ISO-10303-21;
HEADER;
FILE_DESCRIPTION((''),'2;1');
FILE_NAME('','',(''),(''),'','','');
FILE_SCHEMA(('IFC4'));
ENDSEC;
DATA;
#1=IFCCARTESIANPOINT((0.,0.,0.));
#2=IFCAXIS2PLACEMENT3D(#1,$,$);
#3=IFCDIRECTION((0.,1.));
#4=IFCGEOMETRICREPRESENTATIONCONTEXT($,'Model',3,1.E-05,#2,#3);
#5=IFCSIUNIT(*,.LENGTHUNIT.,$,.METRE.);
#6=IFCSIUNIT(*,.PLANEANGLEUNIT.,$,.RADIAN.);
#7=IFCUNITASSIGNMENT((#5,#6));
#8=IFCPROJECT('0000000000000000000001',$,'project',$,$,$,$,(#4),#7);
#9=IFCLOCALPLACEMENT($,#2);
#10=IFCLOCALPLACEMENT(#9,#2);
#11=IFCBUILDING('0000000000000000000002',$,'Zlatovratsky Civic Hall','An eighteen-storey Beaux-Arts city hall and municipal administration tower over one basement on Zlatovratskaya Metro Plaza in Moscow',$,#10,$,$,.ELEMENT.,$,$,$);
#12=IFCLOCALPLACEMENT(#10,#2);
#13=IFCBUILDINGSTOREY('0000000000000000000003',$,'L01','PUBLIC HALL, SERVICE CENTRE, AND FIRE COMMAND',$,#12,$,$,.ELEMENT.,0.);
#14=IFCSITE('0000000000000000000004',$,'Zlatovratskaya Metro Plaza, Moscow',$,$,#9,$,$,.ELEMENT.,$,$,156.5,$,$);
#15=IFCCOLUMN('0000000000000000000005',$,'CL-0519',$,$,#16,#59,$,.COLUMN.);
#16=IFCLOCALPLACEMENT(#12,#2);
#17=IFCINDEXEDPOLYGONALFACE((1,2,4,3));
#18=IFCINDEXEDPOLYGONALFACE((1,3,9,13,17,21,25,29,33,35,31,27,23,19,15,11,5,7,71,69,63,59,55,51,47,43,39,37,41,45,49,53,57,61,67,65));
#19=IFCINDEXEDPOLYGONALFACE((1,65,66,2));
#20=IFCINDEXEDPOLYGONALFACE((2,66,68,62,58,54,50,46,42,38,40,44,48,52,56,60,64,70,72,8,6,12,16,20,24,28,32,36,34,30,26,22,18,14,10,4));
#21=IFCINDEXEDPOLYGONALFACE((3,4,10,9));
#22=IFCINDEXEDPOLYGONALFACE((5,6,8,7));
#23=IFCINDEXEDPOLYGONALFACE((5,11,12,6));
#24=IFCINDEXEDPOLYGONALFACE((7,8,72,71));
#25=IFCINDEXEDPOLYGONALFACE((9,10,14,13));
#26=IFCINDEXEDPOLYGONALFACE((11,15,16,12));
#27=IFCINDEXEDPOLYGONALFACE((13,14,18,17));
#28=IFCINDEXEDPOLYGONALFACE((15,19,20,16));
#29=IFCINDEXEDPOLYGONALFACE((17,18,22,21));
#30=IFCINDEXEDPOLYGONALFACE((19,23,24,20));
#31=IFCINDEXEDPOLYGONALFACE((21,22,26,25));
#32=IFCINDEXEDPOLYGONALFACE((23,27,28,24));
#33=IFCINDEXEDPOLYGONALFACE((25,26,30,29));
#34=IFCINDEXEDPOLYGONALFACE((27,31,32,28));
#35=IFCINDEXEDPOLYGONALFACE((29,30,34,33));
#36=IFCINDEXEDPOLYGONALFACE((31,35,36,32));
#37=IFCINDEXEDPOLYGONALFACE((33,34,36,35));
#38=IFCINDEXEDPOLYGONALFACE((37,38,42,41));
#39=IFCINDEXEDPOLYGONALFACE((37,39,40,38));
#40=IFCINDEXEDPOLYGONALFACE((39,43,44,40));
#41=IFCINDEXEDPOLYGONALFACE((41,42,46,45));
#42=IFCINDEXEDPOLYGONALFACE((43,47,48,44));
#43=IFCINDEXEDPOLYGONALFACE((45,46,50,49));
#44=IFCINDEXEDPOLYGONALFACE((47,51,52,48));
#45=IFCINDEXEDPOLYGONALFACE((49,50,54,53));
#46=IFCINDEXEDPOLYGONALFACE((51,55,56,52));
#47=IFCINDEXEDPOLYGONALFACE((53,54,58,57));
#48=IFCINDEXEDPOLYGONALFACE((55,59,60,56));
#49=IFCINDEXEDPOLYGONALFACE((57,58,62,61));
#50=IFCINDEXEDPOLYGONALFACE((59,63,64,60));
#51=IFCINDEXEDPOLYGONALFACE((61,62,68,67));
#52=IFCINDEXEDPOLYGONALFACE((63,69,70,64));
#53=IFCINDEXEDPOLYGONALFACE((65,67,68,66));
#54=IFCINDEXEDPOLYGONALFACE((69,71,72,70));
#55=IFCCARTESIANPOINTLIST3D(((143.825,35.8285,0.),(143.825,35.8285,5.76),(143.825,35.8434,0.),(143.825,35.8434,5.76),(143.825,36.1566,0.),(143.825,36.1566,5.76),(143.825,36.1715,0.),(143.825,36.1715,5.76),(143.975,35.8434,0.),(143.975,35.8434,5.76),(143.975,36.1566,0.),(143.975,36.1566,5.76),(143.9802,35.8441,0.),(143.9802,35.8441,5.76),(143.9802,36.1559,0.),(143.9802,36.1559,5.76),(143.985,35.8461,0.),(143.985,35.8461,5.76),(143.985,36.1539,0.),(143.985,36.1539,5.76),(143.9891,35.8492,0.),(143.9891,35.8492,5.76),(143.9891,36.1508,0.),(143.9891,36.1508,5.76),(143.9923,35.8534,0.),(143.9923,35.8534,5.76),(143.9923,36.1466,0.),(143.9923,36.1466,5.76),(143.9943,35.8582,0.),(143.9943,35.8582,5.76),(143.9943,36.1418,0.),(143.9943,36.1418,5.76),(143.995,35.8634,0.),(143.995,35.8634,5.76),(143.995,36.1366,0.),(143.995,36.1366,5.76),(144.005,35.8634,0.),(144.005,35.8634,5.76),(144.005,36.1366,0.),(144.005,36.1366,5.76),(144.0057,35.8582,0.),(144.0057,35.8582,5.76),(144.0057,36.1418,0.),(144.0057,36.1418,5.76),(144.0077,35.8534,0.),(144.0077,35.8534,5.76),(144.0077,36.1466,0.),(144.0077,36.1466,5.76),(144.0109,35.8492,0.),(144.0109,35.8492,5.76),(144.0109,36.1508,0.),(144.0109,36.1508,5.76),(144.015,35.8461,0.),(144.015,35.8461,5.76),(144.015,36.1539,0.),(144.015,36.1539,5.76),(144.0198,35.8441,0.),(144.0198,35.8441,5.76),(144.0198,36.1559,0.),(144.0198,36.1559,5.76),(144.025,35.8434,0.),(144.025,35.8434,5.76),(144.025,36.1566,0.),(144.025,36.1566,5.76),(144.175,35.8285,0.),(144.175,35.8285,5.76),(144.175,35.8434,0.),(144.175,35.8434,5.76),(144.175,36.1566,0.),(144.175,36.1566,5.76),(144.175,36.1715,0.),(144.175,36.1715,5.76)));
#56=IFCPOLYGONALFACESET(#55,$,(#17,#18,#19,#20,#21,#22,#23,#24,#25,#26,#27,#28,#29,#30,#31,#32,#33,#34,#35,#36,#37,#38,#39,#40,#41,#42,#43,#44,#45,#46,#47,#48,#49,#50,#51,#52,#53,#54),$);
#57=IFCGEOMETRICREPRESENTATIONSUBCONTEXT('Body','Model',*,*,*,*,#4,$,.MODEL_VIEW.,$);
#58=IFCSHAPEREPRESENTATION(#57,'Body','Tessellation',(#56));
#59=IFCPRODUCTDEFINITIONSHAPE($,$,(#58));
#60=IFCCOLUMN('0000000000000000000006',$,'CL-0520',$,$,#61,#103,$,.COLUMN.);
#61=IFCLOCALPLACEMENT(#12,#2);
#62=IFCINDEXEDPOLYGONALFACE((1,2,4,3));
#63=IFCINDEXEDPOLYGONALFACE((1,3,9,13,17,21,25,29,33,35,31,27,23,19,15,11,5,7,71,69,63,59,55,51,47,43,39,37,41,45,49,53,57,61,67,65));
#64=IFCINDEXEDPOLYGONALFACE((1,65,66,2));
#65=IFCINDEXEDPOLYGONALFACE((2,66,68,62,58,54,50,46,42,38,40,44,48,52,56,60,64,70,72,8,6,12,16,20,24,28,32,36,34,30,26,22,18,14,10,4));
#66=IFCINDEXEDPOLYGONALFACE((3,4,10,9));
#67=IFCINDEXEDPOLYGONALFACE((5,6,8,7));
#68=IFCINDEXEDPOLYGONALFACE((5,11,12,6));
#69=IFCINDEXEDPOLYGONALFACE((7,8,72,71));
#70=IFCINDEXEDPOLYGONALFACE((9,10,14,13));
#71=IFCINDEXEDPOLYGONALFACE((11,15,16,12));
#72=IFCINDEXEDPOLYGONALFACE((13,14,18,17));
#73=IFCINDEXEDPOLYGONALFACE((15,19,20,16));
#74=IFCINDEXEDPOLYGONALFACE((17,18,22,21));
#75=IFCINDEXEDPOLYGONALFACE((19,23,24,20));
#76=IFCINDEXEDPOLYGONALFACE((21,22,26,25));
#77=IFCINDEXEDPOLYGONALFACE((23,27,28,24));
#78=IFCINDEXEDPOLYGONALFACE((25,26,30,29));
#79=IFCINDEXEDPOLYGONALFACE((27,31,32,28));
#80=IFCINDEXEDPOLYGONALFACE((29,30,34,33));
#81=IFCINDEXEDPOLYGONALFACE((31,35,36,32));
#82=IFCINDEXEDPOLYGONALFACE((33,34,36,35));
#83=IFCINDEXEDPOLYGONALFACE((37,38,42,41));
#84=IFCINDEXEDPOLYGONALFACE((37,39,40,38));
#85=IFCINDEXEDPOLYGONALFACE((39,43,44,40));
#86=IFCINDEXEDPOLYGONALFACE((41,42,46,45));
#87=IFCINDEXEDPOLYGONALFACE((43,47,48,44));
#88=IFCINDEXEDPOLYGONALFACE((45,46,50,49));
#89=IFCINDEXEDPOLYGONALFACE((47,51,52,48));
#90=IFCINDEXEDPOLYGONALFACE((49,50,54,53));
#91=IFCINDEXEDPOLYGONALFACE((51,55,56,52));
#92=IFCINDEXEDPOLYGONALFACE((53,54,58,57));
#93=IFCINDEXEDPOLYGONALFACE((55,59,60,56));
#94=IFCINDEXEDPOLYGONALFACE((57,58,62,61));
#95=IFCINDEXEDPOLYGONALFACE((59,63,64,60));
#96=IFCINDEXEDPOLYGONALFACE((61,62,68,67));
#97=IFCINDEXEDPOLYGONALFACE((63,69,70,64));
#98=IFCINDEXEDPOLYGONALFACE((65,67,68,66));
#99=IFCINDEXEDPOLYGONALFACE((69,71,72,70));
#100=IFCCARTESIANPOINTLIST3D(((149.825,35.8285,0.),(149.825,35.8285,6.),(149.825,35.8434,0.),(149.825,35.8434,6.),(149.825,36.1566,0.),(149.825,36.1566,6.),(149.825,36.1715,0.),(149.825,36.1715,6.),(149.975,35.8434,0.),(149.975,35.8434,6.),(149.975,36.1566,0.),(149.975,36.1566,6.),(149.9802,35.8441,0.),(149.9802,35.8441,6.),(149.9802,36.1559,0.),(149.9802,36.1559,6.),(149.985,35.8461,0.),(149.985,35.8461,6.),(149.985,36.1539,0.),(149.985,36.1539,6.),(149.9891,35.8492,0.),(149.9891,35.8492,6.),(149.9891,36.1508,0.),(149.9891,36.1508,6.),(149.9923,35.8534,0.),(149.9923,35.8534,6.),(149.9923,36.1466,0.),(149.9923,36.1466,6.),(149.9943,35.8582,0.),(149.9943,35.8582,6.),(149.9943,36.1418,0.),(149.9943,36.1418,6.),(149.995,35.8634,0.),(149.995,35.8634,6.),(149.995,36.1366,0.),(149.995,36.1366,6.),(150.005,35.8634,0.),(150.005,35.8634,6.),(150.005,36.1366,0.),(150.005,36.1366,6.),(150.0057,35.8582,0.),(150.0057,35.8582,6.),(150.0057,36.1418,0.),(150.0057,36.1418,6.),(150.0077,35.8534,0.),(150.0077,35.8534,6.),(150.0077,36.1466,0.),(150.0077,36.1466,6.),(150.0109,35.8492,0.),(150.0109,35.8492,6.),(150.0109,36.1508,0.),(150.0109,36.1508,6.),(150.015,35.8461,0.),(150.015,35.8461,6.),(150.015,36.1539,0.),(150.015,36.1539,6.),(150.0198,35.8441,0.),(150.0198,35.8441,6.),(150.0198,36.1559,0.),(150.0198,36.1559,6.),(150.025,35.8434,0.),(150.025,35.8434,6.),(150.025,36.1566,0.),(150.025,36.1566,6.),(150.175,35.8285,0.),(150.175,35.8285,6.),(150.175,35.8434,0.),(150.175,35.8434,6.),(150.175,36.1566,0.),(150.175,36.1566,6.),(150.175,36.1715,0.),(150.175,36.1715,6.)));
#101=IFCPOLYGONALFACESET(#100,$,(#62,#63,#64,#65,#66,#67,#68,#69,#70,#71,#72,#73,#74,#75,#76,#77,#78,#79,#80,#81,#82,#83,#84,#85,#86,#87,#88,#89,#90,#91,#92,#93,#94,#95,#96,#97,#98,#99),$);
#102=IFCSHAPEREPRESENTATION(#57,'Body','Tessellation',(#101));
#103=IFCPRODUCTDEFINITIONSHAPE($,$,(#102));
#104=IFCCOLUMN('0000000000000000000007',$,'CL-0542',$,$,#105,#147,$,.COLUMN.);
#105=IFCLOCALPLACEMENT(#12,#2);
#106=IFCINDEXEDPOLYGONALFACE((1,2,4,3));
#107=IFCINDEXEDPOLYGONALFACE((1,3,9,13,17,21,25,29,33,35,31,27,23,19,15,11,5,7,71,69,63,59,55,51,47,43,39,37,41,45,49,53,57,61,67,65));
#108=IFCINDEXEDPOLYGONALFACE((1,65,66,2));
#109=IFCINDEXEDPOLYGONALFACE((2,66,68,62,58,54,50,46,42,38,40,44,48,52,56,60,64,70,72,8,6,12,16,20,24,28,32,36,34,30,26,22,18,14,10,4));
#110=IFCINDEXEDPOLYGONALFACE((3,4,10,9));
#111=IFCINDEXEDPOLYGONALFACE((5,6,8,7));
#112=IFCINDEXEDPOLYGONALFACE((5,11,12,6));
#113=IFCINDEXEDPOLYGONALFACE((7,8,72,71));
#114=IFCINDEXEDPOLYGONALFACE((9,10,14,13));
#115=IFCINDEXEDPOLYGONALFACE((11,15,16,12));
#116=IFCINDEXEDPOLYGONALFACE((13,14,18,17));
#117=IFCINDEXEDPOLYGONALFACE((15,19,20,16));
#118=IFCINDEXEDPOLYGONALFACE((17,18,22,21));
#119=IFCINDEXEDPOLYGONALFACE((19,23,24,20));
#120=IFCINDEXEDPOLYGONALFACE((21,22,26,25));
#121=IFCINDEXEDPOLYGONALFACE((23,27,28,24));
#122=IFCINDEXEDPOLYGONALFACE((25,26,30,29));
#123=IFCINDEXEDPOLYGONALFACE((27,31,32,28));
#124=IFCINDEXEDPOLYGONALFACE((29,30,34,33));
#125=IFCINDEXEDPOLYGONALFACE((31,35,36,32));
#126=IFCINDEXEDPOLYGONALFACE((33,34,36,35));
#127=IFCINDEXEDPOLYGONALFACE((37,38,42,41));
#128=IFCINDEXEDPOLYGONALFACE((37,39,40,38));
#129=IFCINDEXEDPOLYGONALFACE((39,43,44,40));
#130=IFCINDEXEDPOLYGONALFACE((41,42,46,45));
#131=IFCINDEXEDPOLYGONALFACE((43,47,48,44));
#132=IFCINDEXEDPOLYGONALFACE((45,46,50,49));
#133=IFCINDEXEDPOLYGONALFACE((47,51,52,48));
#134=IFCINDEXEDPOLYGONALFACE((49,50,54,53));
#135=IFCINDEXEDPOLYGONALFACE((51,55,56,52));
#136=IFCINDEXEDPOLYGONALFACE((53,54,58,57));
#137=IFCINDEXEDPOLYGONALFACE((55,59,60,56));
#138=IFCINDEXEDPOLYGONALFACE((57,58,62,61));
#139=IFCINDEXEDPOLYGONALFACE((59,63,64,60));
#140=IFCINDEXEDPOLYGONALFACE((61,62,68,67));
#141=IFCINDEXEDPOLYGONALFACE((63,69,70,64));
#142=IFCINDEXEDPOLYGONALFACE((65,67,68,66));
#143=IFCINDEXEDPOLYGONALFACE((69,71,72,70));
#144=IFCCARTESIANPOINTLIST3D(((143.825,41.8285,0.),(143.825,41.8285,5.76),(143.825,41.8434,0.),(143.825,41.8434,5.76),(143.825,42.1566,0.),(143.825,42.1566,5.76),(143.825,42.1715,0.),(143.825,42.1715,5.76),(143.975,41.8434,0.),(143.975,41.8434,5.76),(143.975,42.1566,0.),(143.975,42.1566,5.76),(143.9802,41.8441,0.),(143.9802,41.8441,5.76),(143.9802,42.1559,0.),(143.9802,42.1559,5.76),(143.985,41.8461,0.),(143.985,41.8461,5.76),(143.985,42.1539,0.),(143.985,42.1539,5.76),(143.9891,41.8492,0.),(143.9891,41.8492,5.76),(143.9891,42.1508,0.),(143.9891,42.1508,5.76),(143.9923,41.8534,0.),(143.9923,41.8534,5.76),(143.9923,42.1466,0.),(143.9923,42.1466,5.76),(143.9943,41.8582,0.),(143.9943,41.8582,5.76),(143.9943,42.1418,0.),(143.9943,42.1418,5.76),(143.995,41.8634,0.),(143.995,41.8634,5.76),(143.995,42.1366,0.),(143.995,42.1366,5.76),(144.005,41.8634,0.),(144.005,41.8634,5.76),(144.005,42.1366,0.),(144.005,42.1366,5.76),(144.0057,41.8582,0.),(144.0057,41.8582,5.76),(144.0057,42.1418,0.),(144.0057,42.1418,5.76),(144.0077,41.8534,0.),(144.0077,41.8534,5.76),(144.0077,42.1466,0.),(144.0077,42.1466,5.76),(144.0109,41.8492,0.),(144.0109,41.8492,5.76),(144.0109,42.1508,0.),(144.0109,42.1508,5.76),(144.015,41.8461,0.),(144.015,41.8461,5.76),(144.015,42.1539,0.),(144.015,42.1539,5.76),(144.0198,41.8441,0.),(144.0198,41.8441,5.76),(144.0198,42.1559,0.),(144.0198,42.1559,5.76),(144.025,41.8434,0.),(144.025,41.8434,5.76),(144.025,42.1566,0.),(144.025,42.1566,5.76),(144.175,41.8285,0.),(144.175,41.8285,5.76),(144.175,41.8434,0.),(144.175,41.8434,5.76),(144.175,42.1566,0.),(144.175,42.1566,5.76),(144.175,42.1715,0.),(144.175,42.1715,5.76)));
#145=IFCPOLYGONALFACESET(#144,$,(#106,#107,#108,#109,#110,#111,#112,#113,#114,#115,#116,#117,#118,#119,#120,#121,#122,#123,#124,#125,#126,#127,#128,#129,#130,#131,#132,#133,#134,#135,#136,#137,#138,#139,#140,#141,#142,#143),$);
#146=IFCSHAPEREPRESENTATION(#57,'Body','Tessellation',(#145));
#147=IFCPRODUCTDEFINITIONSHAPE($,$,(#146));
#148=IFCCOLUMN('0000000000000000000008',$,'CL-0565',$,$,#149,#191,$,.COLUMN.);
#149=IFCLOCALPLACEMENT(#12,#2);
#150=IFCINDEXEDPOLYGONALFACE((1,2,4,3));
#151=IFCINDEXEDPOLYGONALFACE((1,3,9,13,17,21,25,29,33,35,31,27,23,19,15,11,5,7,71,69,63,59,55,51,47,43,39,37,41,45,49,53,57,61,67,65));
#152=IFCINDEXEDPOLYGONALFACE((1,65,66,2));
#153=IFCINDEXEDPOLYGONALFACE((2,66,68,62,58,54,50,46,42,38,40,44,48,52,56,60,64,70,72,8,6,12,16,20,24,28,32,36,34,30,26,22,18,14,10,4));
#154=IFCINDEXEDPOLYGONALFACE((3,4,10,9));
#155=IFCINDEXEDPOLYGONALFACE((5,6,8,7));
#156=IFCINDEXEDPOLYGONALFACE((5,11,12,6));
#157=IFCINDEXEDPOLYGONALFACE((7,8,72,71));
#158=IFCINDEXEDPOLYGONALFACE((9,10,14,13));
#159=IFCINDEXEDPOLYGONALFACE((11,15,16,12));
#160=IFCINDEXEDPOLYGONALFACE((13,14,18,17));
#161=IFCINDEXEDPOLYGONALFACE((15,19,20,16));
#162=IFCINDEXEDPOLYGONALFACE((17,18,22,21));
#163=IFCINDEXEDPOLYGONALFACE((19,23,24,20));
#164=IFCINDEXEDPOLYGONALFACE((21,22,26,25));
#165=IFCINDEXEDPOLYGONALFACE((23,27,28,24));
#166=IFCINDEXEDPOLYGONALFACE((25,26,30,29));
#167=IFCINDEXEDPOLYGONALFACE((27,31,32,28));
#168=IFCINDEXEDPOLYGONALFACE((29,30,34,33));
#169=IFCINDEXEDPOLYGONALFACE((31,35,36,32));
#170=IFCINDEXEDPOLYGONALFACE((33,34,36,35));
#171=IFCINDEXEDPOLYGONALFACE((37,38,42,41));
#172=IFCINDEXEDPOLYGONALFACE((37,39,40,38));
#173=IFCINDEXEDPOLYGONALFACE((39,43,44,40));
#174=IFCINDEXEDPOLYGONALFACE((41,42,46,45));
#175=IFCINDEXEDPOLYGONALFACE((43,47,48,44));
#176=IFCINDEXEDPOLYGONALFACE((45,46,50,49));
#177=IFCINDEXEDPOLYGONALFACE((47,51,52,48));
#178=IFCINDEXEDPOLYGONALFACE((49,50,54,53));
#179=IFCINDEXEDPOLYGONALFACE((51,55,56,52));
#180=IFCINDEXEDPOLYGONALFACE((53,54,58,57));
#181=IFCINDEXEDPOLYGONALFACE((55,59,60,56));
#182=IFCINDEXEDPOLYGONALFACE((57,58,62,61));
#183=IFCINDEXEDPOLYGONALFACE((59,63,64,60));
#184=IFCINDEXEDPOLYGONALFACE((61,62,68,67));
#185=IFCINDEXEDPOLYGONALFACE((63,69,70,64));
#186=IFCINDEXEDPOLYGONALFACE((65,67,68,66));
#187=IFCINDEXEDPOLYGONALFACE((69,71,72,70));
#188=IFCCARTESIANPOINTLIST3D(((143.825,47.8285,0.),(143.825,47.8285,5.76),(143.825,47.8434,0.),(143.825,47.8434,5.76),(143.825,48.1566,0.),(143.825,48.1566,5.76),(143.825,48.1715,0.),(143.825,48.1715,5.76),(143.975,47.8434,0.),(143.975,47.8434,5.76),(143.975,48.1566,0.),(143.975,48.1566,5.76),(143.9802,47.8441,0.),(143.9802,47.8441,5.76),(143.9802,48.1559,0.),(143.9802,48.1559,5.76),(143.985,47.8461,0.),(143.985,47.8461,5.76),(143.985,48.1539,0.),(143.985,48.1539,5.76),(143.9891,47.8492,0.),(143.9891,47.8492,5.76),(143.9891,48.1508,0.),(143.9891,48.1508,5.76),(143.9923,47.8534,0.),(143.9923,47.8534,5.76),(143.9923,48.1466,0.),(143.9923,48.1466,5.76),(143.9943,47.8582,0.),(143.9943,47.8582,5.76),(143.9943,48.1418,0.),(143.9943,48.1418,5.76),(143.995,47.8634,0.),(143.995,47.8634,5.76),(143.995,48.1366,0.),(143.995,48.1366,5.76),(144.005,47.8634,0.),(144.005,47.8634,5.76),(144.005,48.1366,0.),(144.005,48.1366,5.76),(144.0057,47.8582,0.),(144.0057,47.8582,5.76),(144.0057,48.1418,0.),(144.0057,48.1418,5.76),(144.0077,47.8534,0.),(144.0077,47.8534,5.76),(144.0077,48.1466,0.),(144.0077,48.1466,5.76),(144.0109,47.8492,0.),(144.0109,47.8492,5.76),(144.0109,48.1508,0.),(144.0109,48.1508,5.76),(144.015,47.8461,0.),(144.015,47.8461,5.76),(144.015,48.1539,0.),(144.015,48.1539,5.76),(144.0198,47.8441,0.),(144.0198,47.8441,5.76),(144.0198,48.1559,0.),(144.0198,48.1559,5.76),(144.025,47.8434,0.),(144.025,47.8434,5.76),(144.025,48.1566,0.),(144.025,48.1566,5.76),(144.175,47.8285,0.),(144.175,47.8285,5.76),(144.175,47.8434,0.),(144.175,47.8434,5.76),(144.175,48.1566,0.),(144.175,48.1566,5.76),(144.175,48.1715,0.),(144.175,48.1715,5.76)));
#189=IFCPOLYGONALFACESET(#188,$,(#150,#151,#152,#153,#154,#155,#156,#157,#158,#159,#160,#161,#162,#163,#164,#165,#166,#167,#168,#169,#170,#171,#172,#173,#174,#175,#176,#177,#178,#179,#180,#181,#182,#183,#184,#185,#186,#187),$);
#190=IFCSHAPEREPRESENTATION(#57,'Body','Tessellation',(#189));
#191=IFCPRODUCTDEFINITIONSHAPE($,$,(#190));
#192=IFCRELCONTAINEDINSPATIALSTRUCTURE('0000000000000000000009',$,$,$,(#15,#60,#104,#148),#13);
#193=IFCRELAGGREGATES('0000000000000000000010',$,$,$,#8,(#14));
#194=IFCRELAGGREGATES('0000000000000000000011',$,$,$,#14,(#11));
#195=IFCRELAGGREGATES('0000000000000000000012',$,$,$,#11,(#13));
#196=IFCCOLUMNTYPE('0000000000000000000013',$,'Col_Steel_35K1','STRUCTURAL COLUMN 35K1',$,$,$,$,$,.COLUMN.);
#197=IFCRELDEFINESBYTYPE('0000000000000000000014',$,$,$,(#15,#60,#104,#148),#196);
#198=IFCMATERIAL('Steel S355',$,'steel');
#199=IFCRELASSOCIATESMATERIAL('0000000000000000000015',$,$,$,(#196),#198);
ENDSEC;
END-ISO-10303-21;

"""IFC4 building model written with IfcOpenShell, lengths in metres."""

from ifc_helpers import new_model, si_unit, direction, frame, origin, origin_2d, place, context, subcontext, project, spatial, i_section, extrude, material, material_profile, profile_set, type_object, element, save


model = new_model("IFC4")

# Units and contexts
model_context = context("Model", 3, precision=1e-05, world=origin(), true_north=direction((0.0, 1.0)))
body_context = subcontext(model_context, "Body", "Model", "MODEL_VIEW")
ifc_project = project(units=[si_unit("LENGTHUNIT", "METRE"), si_unit("PLANEANGLEUNIT", "RADIAN")], contexts=[model_context])

# Site, building, storey
site_placement = place(None, origin())
site = spatial("IfcSite", under=ifc_project, at=site_placement, Name="Zlatovratskaya Metro Plaza, Moscow", CompositionType="ELEMENT", RefElevation=156.5)
building_placement = place(site_placement, origin())
building = spatial("IfcBuilding", under=site, at=building_placement, Name="Zlatovratsky Civic Hall", Description="An eighteen-storey Beaux-Arts city hall and municipal administration tower over one basement on Zlatovratskaya Metro Plaza in Moscow", CompositionType="ELEMENT")
storey_placement = place(building_placement, origin())
storey = spatial("IfcBuildingStorey", under=building, at=storey_placement, Name="L01", Description="PUBLIC HALL, SERVICE CENTRE, AND FIRE COMMAND", CompositionType="ELEMENT", Elevation=0.0)

# Columns
ifc_material = material(Name="Steel S355", Category="steel")
ifc_material_profile_1 = material_profile(ifc_material, i_section(OverallWidth=0.3501, OverallDepth=0.343, WebThickness=0.01, FlangeThickness=0.0149, FilletRadius=0.02, at=origin_2d()), Name="35K1")
ifc_profile_set_1 = profile_set([ifc_material_profile_1], Name="Steel S355")
column_type = type_object("IfcColumnType", Name="Col_Steel_35K1", Description="STRUCTURAL COLUMN 35K1", PredefinedType="COLUMN", material=ifc_profile_set_1)
column_1_placement = place(storey_placement, frame((144.0, 36.0, 0.0), z_axis=(0.0, 0.0, 1.0), x_axis=(1.0, 0.0, 0.0)))
element("IfcColumn", 1, at=column_1_placement, inside=storey, type_object=column_type, Name="CL-0519", PredefinedType="COLUMN", context=body_context, shape_type="SweptSolid", body=[
    extrude(i_section(OverallWidth=0.3501, OverallDepth=0.343, WebThickness=0.01, FlangeThickness=0.0149, FilletRadius=0.02, at=origin_2d()), origin(), (0.0, 0.0, 1.0), 5.76),
])
column_2_placement = place(storey_placement, frame((150.0, 36.0, 0.0), z_axis=(0.0, 0.0, 1.0), x_axis=(1.0, 0.0, 0.0)))
element("IfcColumn", 2, at=column_2_placement, inside=storey, type_object=column_type, Name="CL-0520", PredefinedType="COLUMN", context=body_context, shape_type="SweptSolid", body=[
    extrude(i_section(OverallWidth=0.3501, OverallDepth=0.343, WebThickness=0.01, FlangeThickness=0.0149, FilletRadius=0.02, at=origin_2d()), origin(), (0.0, 0.0, 1.0), 6.0),
])
for number, where, z_axis, x_axis, name in (
    (3, (144.0, 42.0, 0.0), (0.0, 0.0, 1.0), (1.0, 0.0, 0.0), "CL-0542"),
    (4, (144.0, 48.0, 0.0), (0.0, 0.0, 1.0), (1.0, 0.0, 0.0), "CL-0565"),
):
    element("IfcColumn", number, at=place(storey_placement, frame(where, z_axis=z_axis, x_axis=x_axis)), inside=storey, type_object=column_type, Name=name, PredefinedType="COLUMN", context=body_context, shape_type="SweptSolid", body=[
        extrude(i_section(OverallWidth=0.3501, OverallDepth=0.343, WebThickness=0.01, FlangeThickness=0.0149, FilletRadius=0.02, at=origin_2d()), origin(), (0.0, 0.0, 1.0), 5.76),
    ])

save(model, "model.ifc")
